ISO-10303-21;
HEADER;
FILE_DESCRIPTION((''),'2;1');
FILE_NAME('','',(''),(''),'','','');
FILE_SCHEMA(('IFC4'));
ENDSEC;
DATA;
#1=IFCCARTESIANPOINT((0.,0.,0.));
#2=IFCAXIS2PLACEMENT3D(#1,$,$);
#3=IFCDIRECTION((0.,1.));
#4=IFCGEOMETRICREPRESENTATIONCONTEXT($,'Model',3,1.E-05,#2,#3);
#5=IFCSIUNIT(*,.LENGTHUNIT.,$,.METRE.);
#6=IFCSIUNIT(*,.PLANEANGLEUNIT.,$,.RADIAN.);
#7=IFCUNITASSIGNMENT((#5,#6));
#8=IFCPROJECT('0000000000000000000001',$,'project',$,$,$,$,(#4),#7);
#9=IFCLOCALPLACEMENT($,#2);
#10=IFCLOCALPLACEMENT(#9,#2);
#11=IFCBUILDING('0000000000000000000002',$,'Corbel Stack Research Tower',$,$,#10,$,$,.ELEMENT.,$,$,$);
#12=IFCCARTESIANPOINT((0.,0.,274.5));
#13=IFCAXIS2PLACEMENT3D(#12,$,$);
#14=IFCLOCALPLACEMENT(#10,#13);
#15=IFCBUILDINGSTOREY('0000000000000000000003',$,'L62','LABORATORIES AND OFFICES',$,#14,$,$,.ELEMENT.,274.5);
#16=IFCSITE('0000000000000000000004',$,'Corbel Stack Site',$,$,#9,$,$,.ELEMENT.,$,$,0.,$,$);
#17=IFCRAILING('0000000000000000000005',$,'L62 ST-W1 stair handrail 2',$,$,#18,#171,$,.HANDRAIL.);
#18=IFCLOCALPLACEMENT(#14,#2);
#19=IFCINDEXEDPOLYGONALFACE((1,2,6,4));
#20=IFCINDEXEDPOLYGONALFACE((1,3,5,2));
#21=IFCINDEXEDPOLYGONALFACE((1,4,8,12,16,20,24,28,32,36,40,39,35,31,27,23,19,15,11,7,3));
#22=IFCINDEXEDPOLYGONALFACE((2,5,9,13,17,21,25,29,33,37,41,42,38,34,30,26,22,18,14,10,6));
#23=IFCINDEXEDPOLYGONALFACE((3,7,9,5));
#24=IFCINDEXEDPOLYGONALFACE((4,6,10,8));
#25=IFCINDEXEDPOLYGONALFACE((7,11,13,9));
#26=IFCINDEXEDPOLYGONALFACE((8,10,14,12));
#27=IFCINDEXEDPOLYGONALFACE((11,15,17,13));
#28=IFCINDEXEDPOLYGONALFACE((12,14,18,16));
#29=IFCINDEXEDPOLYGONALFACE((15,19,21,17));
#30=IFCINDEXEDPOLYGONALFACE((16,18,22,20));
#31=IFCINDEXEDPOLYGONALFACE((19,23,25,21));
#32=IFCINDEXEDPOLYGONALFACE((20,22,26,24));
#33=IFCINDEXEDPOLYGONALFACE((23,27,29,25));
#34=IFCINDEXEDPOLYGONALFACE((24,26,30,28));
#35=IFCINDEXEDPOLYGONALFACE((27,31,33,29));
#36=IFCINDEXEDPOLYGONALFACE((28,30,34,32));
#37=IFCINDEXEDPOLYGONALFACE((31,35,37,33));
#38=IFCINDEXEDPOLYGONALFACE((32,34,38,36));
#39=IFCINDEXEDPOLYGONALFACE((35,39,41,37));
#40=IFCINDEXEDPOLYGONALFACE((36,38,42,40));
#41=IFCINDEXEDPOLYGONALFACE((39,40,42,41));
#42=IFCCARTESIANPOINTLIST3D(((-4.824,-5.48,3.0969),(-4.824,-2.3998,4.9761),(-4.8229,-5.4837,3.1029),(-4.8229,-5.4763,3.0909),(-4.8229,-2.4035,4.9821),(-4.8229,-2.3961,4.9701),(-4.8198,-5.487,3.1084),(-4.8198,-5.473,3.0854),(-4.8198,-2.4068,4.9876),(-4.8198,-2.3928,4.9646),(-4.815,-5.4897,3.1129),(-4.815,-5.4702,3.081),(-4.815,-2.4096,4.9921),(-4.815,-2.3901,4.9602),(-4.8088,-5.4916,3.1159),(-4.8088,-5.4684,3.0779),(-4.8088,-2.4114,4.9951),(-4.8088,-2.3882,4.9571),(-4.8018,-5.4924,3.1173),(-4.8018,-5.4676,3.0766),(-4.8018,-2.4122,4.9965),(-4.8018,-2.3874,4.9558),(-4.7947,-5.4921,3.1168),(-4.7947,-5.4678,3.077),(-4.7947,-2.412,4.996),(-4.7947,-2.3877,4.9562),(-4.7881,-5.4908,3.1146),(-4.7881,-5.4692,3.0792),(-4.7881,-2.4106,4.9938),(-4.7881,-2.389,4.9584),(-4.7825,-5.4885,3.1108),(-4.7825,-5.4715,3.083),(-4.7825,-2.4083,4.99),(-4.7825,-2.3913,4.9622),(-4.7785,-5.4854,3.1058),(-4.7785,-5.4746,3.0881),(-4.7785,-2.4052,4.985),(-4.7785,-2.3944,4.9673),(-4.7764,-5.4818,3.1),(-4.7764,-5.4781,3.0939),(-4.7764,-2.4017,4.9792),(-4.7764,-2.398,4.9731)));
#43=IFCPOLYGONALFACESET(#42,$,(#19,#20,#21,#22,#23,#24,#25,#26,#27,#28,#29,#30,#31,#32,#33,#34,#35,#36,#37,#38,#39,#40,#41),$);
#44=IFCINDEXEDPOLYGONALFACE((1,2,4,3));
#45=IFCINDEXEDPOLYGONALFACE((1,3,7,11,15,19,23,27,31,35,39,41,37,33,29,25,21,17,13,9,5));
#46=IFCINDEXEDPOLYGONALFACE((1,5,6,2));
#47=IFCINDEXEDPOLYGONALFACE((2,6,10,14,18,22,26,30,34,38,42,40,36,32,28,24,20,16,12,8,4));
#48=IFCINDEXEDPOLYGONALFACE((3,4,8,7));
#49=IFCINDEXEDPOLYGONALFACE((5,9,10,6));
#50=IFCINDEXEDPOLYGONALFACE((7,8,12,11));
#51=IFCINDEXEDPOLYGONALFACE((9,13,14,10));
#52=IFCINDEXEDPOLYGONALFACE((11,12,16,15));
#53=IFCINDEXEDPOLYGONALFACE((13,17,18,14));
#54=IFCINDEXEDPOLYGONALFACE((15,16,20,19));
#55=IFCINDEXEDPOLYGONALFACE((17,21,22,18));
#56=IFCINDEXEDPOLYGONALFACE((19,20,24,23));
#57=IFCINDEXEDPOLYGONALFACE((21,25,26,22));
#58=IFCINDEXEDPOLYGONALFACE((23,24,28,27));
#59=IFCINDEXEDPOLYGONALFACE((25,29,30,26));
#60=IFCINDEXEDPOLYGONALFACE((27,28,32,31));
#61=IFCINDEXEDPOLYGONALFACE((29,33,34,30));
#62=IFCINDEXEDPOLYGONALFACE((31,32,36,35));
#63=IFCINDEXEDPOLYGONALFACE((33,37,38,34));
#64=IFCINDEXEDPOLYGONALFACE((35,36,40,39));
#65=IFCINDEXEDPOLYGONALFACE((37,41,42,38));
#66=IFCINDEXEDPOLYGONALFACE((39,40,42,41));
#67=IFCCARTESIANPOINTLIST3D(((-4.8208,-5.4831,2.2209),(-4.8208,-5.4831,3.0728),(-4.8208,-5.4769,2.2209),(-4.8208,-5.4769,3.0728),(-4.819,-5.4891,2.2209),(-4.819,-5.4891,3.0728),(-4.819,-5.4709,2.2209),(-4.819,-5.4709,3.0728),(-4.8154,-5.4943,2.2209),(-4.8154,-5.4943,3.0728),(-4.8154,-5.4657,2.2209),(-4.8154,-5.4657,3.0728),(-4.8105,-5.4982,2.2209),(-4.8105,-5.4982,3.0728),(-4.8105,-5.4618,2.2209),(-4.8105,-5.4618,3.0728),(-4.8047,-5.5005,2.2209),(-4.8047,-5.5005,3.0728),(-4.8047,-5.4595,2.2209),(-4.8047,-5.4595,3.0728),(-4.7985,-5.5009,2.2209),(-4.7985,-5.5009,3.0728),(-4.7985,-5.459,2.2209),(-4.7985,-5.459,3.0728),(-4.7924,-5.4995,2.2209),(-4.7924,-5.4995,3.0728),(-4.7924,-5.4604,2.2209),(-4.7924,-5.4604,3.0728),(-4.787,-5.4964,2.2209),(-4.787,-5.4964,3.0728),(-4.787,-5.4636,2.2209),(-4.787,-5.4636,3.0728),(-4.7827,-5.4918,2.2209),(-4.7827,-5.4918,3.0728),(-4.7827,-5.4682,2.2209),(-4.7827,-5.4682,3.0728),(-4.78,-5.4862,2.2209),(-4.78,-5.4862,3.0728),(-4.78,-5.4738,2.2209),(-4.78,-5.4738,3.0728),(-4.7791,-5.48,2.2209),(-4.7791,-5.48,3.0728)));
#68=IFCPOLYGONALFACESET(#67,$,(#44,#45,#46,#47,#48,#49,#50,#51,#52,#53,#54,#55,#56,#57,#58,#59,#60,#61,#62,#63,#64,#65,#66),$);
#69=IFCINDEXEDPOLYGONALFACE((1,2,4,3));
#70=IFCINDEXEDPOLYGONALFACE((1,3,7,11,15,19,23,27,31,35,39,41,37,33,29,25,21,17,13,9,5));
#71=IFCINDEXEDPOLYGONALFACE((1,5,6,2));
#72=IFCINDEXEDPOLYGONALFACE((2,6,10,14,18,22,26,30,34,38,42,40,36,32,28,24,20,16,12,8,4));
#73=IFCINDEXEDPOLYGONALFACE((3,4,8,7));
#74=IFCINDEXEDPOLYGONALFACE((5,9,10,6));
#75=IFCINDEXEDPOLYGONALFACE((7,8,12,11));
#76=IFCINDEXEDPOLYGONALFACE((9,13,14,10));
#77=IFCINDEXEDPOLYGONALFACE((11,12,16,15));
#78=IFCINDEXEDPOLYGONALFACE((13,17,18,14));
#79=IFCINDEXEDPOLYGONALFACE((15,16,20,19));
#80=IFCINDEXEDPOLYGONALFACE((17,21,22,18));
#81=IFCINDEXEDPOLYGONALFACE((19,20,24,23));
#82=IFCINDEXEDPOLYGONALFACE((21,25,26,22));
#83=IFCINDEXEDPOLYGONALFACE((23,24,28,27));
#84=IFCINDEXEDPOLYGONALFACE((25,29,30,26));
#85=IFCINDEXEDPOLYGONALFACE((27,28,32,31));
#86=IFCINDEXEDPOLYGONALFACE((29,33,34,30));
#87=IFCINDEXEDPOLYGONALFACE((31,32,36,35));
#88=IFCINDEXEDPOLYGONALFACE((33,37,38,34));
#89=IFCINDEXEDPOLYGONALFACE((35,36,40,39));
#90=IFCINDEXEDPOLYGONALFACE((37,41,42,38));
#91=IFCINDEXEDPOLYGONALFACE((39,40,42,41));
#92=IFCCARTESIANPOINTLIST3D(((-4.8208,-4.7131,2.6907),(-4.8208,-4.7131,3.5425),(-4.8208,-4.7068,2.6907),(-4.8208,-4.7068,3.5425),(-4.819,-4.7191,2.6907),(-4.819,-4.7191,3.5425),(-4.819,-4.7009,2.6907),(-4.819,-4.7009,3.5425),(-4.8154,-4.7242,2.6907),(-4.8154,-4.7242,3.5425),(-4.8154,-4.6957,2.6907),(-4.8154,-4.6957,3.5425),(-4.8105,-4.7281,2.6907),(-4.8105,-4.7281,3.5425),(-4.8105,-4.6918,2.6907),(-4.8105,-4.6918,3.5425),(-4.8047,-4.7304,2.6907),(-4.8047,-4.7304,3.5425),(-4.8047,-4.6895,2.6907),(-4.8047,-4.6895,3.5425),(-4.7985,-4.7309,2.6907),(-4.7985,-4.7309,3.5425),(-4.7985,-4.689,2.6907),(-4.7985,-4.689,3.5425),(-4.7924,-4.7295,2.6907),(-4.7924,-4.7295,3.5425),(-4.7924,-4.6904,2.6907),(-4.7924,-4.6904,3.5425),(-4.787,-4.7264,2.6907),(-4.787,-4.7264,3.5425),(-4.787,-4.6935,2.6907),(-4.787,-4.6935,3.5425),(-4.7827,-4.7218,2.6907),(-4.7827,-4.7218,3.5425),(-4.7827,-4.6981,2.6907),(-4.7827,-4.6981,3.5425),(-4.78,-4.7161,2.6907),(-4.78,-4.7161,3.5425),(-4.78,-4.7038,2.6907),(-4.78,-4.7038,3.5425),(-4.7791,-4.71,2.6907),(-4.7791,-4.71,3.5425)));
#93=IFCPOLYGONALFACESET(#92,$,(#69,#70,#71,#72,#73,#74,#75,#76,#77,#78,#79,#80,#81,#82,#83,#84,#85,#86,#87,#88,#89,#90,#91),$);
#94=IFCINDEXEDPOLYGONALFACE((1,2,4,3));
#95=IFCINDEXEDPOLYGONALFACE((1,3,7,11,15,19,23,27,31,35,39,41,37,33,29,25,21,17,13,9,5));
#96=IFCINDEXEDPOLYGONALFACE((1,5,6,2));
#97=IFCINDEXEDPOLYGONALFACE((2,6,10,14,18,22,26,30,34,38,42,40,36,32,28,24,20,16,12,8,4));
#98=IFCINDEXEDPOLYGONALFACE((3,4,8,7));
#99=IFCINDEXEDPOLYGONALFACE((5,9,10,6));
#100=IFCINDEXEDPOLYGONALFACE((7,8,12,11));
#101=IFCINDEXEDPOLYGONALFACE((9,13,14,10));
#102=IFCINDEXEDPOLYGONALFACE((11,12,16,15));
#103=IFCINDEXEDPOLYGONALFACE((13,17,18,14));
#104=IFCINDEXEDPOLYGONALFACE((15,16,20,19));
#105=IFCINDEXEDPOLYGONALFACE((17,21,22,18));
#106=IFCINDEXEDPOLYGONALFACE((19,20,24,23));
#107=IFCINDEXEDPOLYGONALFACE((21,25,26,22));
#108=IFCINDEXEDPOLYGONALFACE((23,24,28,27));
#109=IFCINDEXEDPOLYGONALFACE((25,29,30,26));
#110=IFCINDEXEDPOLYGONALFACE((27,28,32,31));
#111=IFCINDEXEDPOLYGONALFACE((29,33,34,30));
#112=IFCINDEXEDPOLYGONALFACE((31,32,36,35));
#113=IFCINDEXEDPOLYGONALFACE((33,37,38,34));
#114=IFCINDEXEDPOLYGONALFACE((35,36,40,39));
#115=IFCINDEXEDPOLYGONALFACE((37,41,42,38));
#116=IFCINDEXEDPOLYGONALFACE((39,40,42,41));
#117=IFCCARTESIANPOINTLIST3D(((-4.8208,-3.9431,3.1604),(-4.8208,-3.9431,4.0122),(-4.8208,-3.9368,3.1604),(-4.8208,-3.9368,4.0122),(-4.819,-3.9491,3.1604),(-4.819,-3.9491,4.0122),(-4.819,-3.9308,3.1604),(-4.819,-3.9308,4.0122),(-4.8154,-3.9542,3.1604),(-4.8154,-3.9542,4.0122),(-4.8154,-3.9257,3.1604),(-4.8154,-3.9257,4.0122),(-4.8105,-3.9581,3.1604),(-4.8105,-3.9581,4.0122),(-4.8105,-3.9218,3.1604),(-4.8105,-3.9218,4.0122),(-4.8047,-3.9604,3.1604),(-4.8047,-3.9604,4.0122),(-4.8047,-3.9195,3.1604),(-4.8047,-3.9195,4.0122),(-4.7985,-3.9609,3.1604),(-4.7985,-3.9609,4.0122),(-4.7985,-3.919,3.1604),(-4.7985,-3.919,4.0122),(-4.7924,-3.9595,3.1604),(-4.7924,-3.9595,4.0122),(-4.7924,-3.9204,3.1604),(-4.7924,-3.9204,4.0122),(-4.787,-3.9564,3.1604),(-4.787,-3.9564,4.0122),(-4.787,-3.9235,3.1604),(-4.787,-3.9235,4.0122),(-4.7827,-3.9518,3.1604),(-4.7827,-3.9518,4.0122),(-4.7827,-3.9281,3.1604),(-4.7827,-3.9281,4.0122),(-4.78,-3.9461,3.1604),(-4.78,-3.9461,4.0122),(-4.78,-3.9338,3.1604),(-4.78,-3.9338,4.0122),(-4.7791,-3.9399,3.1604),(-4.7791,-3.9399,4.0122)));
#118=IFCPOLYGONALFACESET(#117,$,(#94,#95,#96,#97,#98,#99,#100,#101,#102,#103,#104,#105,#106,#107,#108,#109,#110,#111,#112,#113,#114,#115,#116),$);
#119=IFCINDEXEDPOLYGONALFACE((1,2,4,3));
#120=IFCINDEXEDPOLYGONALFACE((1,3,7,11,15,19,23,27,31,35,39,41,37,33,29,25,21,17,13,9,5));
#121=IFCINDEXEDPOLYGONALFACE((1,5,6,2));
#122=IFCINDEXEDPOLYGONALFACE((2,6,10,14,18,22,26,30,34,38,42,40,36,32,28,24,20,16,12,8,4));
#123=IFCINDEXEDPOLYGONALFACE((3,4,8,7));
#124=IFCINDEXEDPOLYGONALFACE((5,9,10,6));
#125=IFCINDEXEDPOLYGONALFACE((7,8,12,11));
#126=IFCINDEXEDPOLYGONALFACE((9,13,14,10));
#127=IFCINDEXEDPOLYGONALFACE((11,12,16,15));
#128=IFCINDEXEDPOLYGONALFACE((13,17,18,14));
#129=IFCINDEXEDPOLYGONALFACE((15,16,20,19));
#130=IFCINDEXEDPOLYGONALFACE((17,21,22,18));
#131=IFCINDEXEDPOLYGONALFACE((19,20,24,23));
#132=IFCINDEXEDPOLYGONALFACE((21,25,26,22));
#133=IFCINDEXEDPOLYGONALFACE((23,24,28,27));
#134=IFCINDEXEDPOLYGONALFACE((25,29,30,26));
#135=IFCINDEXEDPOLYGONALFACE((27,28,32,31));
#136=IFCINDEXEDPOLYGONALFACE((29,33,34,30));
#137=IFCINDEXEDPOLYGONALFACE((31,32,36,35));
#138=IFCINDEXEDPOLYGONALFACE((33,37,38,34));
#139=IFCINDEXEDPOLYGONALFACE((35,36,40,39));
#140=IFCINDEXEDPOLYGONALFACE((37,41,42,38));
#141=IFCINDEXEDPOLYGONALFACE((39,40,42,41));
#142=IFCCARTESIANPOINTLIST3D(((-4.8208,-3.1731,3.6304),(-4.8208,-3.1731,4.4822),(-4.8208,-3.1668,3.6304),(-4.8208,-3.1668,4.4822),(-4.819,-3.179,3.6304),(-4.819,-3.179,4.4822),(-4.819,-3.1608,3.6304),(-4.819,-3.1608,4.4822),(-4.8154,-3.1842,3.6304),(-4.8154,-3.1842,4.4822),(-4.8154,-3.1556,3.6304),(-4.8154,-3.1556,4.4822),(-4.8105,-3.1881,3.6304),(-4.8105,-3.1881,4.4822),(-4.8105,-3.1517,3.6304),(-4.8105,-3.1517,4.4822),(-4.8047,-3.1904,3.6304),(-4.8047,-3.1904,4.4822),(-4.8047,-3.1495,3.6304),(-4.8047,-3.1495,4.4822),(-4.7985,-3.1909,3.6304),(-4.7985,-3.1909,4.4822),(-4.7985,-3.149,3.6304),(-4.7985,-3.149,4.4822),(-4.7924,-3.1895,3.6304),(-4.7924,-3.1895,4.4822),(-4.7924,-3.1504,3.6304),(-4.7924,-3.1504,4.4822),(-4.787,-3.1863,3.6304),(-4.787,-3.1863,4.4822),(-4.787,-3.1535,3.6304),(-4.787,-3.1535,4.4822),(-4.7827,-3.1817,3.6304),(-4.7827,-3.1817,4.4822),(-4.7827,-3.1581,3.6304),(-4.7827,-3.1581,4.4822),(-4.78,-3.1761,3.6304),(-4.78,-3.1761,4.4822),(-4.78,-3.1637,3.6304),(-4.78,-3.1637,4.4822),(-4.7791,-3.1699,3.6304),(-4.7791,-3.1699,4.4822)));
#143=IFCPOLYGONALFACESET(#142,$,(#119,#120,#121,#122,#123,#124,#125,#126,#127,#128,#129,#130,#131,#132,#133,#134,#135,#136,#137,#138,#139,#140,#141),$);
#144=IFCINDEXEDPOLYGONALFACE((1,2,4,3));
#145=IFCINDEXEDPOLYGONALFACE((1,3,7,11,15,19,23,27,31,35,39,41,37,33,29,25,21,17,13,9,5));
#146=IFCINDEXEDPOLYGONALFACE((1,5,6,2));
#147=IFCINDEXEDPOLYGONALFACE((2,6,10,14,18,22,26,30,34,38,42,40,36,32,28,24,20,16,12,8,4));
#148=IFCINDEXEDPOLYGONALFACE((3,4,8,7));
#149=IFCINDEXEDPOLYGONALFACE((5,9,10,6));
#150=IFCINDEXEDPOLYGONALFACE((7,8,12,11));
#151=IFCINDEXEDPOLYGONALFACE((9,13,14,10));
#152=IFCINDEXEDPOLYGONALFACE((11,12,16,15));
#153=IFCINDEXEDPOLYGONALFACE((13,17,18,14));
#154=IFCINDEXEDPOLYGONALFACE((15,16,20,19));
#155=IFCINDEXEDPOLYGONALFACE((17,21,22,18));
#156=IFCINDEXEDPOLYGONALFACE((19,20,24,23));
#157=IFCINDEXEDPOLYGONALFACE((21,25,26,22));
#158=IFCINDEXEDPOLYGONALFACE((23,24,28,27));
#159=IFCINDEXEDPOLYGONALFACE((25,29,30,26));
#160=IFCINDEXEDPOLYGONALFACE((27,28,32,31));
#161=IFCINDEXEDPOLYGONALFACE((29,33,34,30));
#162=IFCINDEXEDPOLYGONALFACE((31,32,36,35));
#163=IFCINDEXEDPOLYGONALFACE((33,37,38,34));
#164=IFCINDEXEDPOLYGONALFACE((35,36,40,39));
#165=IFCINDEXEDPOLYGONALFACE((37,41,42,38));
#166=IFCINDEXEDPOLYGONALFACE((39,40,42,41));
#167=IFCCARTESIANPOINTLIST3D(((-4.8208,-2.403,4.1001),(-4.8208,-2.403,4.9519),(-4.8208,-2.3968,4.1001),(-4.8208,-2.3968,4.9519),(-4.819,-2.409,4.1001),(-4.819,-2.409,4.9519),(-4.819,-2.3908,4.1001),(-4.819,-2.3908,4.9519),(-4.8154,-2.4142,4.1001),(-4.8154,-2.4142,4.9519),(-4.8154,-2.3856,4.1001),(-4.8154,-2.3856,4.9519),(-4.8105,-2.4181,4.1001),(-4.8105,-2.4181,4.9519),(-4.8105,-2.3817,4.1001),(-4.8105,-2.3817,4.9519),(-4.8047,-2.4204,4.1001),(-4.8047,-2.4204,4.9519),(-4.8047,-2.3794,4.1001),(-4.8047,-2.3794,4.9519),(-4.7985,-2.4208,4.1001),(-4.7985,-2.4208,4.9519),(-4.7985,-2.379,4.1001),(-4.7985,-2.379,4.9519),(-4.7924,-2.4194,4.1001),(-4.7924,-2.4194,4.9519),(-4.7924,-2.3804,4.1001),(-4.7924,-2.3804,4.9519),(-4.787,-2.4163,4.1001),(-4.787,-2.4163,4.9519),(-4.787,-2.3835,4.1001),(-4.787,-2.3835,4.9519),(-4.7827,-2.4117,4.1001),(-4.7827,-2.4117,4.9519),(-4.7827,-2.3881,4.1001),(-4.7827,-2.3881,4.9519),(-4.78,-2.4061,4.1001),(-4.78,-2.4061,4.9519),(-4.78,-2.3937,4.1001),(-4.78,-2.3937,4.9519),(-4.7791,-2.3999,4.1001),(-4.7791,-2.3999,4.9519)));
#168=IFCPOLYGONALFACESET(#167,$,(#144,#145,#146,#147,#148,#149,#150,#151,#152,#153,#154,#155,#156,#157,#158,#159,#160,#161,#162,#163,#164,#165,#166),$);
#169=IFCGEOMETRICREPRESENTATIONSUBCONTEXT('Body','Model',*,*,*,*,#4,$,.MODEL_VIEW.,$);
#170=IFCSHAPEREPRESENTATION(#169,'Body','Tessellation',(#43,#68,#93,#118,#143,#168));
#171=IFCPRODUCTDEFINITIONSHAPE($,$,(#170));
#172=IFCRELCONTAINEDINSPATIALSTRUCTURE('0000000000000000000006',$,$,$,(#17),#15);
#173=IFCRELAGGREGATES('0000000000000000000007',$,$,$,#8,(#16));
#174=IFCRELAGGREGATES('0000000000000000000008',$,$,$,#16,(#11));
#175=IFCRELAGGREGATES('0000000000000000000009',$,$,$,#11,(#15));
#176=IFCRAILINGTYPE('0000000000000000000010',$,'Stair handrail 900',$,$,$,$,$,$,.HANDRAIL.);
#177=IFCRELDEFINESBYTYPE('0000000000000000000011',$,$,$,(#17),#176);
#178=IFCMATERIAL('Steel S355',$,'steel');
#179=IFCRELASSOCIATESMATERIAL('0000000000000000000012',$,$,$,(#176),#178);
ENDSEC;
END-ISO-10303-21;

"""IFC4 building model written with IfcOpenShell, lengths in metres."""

from ifc_helpers import new_model, si_unit, direction, frame, origin, origin_2d, place, context, subcontext, project, spatial, circle, extrude, material, type_object, element, save


model = new_model("IFC4")

# Units and contexts
model_context = context("Model", 3, precision=1e-05, world=origin(), true_north=direction((0.0, 1.0)))
body_context = subcontext(model_context, "Body", "Model", "MODEL_VIEW")
ifc_project = project(units=[si_unit("LENGTHUNIT", "METRE"), si_unit("PLANEANGLEUNIT", "RADIAN")], contexts=[model_context])

# Site, building, storey
site_placement = place(None, origin())
site = spatial("IfcSite", under=ifc_project, at=site_placement, Name="Corbel Stack Site", CompositionType="ELEMENT", RefElevation=0.0)
building_placement = place(site_placement, origin())
building = spatial("IfcBuilding", under=site, at=building_placement, Name="Corbel Stack Research Tower", CompositionType="ELEMENT")
storey_placement = place(building_placement, frame((0.0, 0.0, 274.5)))
storey = spatial("IfcBuildingStorey", under=building, at=storey_placement, Name="L62", Description="LABORATORIES AND OFFICES", CompositionType="ELEMENT", Elevation=274.5)

# Railing
ifc_material_1 = material(Name="Steel S355", Category="steel")
railing_type_1 = type_object("IfcRailingType", Name="Stair handrail 900", PredefinedType="HANDRAIL", material=ifc_material_1)
railing_1_placement = place(storey_placement, frame((-4.8, -5.48, 2.2209)))
element("IfcRailing", 1, at=railing_1_placement, inside=storey, type_object=railing_type_1, Name="L62 ST-W1 stair handrail 2", PredefinedType="HANDRAIL", context=body_context, shape_type="SweptSolid", body=[
    extrude(circle(Radius=0.0239, at=origin_2d()), frame((0.0, 0.0, 0.876), z_axis=(0.0, 0.853666, 0.52082), x_axis=(-1.0, 0.0, 0.0)), (0.0, 0.0, 1.0), 3.6082),
    extrude(circle(Radius=0.021, at=origin_2d()), origin(), (0.0, 0.0, 1.0), 0.8518),
    extrude(circle(Radius=0.021, at=origin_2d()), frame((0.0, 0.77, 0.4697)), (0.0, 0.0, 1.0), 0.8518),
    extrude(circle(Radius=0.021, at=origin_2d()), frame((0.0, 1.54, 0.9395)), (0.0, 0.0, 1.0), 0.8518),
    extrude(circle(Radius=0.021, at=origin_2d()), frame((0.0, 2.3101, 1.4094)), (0.0, 0.0, 1.0), 0.8518),
    extrude(circle(Radius=0.021, at=origin_2d()), frame((0.0, 3.0801, 1.8792)), (0.0, 0.0, 1.0), 0.8518),
])

save(model, "model.ifc")
